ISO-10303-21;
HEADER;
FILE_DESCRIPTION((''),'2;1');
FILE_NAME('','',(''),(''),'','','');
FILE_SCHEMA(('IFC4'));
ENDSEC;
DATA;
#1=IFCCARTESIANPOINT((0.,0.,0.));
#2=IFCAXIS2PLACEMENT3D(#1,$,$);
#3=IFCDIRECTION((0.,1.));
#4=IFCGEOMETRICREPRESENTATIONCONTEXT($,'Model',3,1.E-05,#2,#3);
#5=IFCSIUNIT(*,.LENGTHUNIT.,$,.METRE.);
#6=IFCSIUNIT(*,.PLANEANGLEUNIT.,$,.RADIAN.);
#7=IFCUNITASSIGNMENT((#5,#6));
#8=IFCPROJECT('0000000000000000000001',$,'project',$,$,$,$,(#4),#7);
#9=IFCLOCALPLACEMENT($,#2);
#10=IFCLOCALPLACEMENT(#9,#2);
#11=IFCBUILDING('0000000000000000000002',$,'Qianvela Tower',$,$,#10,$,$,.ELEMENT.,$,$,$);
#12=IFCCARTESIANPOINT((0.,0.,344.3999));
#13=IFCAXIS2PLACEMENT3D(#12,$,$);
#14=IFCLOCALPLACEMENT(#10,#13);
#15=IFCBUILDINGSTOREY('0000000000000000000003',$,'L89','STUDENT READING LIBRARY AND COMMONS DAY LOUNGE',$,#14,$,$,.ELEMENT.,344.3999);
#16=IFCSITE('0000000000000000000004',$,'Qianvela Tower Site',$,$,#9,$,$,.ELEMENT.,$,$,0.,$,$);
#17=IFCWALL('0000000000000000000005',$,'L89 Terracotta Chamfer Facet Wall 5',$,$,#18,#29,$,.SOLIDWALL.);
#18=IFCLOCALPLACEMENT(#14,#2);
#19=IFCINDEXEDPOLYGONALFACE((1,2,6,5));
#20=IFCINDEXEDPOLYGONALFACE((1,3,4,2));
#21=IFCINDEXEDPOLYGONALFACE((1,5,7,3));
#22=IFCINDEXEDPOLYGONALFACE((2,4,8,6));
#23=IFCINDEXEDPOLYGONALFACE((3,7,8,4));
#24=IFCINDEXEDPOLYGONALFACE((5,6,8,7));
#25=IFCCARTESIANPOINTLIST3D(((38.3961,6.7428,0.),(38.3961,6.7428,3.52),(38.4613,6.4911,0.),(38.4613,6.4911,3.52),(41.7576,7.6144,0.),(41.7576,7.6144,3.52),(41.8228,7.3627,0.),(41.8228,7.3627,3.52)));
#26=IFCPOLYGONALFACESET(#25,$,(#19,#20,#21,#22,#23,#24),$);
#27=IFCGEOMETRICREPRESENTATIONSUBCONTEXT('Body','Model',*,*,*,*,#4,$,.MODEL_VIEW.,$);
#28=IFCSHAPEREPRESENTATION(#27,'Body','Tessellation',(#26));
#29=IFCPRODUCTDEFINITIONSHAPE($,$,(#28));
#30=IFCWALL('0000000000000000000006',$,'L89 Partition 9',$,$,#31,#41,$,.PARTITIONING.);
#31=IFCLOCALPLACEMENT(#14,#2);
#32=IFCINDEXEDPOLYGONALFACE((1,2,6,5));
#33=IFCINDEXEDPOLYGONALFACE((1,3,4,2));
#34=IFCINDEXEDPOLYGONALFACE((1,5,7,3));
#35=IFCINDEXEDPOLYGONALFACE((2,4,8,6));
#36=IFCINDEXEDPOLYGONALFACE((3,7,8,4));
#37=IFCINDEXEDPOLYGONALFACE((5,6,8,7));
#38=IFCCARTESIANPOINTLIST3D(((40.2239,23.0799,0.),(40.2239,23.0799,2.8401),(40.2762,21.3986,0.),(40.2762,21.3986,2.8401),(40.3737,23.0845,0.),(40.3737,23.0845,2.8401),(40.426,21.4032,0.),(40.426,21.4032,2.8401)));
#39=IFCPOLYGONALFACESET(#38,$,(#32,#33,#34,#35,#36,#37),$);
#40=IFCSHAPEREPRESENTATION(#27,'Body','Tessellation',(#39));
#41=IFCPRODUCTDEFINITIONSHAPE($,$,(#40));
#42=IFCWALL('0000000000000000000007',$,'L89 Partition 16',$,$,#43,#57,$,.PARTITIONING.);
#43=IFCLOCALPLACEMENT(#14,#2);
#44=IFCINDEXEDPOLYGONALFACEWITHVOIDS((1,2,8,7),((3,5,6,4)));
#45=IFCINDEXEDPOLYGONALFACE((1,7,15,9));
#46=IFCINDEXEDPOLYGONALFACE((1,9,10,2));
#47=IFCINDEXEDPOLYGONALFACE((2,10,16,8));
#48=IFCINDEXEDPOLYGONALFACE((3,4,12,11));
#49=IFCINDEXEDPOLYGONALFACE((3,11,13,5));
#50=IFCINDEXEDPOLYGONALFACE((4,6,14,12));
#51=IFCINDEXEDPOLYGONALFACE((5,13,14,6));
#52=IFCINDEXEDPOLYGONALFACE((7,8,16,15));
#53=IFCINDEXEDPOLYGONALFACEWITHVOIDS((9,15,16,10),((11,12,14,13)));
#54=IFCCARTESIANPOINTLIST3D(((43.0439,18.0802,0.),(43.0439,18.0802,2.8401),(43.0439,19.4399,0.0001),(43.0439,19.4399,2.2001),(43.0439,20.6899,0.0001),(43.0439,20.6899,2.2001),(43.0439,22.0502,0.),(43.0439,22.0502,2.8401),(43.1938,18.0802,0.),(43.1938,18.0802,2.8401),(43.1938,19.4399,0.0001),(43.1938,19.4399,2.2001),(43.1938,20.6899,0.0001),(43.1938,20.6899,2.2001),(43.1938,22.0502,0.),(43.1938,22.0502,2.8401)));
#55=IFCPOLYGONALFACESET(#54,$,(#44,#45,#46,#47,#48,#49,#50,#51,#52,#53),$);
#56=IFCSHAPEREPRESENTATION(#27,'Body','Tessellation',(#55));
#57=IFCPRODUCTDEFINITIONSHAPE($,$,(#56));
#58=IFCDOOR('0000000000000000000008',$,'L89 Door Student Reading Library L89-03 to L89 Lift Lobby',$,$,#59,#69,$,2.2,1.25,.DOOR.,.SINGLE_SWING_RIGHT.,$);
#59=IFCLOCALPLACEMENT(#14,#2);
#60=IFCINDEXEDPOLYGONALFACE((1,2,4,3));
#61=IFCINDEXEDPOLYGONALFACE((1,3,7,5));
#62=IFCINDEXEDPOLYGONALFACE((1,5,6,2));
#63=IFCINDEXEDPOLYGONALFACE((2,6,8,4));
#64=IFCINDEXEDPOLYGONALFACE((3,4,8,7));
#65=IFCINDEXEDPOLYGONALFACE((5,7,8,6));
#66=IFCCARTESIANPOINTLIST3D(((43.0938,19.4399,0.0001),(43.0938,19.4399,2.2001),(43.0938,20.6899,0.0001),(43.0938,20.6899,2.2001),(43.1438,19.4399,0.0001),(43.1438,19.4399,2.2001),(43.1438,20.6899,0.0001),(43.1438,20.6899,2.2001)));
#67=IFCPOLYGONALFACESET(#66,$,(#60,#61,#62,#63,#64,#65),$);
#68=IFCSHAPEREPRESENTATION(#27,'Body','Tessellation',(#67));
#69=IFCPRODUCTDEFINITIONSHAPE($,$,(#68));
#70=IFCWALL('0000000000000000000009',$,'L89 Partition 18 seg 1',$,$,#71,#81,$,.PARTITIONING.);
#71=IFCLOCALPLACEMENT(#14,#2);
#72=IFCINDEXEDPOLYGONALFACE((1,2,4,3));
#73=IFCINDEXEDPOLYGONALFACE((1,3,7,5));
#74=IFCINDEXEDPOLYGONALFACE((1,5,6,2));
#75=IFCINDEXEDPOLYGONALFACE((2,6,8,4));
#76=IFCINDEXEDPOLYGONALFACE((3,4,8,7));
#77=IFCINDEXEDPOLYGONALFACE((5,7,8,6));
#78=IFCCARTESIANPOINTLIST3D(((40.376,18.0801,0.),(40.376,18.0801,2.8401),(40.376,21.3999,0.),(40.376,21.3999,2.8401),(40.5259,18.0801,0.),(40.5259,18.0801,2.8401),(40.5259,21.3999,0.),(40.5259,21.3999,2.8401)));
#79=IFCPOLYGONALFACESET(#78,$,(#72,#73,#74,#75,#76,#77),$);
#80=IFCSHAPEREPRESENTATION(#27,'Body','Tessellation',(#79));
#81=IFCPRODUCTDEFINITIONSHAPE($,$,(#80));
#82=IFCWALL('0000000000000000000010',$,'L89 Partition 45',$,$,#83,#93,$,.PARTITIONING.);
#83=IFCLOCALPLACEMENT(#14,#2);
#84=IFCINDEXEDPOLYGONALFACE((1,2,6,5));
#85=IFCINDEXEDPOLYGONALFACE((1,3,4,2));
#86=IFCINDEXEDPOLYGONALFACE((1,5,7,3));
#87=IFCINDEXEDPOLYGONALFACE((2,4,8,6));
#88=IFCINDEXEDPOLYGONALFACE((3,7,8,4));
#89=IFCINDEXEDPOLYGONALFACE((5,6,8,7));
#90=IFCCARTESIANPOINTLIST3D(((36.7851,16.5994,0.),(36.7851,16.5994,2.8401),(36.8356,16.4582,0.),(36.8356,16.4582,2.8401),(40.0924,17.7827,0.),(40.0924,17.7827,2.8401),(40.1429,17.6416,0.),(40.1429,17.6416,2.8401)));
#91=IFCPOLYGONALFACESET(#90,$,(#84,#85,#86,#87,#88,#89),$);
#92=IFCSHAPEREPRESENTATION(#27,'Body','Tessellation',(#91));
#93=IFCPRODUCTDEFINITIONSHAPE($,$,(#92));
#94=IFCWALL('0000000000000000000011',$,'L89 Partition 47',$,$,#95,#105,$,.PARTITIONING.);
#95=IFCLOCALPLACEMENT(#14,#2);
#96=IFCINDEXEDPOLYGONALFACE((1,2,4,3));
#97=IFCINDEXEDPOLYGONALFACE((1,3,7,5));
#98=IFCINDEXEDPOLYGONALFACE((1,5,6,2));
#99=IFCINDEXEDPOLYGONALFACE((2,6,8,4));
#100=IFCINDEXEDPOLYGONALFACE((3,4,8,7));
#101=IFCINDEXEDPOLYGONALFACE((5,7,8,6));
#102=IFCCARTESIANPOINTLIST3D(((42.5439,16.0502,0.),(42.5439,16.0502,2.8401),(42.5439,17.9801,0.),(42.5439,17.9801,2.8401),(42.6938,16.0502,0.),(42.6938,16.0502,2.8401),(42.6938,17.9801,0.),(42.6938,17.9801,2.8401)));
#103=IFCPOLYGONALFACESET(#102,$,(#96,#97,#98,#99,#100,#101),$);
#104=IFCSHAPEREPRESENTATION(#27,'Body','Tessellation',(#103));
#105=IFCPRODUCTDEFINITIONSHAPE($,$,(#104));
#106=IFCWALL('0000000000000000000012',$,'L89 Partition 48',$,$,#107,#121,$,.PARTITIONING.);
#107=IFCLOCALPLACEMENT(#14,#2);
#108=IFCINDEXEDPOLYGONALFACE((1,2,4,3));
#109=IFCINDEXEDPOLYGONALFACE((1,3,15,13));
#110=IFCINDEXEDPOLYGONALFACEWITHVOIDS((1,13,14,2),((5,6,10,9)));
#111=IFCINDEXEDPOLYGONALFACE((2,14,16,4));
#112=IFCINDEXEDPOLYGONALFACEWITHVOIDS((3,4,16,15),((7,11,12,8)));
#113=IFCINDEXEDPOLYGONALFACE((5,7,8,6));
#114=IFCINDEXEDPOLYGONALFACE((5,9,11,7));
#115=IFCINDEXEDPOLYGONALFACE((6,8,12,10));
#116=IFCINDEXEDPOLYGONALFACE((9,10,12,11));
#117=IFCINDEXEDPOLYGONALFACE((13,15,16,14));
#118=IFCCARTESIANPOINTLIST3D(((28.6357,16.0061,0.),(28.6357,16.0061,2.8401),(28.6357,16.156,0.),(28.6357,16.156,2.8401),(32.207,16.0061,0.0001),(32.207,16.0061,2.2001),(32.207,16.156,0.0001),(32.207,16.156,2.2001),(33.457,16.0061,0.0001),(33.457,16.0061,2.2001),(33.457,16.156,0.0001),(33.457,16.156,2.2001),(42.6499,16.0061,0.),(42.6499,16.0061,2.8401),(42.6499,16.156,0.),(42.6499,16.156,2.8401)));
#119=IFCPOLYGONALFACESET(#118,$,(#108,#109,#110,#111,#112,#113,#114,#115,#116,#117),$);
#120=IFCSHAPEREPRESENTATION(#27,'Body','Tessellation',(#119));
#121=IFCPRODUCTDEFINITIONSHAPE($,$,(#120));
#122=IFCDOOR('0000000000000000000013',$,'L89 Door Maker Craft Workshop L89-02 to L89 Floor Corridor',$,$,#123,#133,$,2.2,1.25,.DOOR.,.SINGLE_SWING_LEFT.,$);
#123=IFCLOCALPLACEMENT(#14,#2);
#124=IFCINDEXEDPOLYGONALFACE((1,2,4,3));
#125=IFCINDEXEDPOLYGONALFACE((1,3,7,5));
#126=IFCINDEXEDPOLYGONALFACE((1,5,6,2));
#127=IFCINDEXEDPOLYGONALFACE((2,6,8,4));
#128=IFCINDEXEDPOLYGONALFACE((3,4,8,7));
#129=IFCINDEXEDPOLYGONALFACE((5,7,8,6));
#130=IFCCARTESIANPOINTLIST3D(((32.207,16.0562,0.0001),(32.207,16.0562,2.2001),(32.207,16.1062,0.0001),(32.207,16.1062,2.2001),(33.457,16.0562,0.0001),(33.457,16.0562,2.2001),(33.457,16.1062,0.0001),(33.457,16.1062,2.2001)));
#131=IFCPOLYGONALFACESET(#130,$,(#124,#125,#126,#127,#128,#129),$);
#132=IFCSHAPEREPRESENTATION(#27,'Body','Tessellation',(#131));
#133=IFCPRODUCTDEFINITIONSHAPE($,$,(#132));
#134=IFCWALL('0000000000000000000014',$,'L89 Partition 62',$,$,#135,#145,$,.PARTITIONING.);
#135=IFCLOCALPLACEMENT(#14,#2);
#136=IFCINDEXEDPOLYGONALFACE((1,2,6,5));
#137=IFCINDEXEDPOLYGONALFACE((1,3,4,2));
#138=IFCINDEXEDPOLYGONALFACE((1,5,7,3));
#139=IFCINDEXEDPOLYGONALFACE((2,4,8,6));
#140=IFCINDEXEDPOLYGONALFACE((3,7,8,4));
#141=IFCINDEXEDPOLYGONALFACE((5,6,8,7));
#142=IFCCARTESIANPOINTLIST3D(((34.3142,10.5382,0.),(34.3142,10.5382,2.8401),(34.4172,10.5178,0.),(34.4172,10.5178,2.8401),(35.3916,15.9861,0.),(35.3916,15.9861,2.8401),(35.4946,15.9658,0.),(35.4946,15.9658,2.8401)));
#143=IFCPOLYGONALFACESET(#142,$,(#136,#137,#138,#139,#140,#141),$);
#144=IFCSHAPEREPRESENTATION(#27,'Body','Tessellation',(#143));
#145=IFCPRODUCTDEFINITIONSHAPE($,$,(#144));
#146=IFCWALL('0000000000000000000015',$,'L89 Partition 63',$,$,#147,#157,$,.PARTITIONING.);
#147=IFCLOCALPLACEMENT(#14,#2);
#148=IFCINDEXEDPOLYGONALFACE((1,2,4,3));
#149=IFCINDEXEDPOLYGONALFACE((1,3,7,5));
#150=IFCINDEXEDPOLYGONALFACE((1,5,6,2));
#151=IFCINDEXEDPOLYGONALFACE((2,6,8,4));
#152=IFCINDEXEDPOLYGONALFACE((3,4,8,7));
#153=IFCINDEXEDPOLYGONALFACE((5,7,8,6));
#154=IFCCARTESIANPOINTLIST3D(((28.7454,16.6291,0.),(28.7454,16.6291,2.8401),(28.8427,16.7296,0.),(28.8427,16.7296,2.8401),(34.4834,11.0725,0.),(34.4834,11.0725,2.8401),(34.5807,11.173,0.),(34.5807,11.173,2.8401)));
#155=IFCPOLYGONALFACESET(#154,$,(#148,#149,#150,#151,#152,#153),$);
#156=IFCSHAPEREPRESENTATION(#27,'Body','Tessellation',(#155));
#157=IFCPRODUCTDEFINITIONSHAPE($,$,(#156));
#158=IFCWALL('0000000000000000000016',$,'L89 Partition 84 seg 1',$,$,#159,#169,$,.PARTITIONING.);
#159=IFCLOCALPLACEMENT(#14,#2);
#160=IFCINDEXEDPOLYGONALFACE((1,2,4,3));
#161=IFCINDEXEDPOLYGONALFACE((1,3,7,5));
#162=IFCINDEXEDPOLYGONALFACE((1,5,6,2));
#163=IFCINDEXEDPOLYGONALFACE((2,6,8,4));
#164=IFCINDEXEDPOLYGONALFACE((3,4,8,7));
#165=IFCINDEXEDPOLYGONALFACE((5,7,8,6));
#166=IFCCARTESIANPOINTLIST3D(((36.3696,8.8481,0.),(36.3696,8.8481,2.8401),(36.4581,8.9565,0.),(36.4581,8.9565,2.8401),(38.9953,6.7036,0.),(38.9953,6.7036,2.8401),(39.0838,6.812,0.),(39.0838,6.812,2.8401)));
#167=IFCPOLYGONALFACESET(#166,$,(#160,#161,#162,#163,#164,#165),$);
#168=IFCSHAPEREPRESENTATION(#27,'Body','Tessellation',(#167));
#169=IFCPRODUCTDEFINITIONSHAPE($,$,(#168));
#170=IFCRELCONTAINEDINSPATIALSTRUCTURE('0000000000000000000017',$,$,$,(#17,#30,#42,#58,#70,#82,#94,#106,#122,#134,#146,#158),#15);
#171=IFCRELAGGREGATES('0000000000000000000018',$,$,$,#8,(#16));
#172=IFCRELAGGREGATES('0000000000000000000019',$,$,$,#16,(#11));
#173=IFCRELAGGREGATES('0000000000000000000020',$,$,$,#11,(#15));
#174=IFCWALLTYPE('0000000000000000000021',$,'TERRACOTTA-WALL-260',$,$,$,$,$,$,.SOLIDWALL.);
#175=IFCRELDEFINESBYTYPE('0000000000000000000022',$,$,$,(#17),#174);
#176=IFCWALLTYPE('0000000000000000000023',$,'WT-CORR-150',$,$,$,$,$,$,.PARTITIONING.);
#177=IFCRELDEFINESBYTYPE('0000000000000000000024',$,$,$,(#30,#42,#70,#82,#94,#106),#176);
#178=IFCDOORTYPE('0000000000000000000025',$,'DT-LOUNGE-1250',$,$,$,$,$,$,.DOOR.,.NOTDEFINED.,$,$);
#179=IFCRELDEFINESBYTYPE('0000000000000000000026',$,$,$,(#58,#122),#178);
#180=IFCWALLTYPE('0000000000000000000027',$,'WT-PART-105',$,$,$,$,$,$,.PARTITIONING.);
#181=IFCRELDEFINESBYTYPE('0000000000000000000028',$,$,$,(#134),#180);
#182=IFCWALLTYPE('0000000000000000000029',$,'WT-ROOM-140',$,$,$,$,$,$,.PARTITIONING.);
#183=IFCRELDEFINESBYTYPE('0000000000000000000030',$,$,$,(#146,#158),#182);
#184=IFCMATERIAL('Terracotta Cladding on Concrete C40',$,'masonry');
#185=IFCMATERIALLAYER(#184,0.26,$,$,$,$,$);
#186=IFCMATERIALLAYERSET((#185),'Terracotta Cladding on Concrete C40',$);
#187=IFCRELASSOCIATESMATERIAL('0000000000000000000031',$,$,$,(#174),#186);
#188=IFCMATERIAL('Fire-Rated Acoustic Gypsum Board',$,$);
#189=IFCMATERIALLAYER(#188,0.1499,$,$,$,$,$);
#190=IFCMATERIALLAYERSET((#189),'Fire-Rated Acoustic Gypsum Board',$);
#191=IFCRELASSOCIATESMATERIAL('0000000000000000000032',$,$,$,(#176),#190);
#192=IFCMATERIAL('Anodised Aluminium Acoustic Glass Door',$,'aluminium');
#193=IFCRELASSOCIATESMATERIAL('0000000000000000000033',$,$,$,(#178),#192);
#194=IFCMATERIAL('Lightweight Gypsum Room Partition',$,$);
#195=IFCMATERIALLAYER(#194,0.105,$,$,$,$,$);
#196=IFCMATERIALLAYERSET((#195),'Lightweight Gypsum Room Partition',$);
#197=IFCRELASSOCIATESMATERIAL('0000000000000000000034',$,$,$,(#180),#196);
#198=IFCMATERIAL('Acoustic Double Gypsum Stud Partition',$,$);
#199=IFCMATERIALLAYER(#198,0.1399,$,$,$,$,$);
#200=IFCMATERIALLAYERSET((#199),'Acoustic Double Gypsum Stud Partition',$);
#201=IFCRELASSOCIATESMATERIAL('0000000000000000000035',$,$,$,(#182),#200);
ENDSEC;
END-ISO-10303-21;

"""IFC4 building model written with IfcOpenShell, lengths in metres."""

from ifc_helpers import new_model, si_unit, direction, frame, frame_2d, origin, place, context, subcontext, project, spatial, rectangle, extrude, material, layer, layer_set, type_object, element, fill, save


model = new_model("IFC4")

# Units and contexts
model_context = context("Model", 3, precision=1e-05, world=origin(), true_north=direction((0.0, 1.0)))
body_context = subcontext(model_context, "Body", "Model", "MODEL_VIEW")
ifc_project = project(units=[si_unit("LENGTHUNIT", "METRE"), si_unit("PLANEANGLEUNIT", "RADIAN")], contexts=[model_context])

# Site, building, storey
site_placement = place(None, origin())
site = spatial("IfcSite", under=ifc_project, at=site_placement, Name="Qianvela Tower Site", CompositionType="ELEMENT", RefElevation=0.0)
building_placement = place(site_placement, origin())
building = spatial("IfcBuilding", under=site, at=building_placement, Name="Qianvela Tower", CompositionType="ELEMENT")
storey_placement = place(building_placement, frame((0.0, 0.0, 344.3999)))
storey = spatial("IfcBuildingStorey", under=building, at=storey_placement, Name="L89", Description="STUDENT READING LIBRARY AND COMMONS DAY LOUNGE", CompositionType="ELEMENT", Elevation=344.3999)

# Walls
ifc_material_1 = material(Name="Terracotta Cladding on Concrete C40", Category="masonry")
ifc_layer_1 = layer(ifc_material_1, 0.26)
ifc_layer_set_1 = layer_set([ifc_layer_1], Name="Terracotta Cladding on Concrete C40")
wall_type_1 = type_object("IfcWallType", Name="TERRACOTTA-WALL-260", PredefinedType="SOLIDWALL", material=ifc_layer_set_1)
wall_1_placement = place(storey_placement, frame((38.4287, 6.6169, 0.0), z_axis=(0.0, 0.0, 1.0), x_axis=(0.967992, 0.250979, 0.0)))
element("IfcWall", 1, at=wall_1_placement, inside=storey, type_object=wall_type_1, Name="L89 Terracotta Chamfer Facet Wall 5", PredefinedType="SOLIDWALL", context=body_context, shape_type="SweptSolid", body=[
    extrude(rectangle(XDim=3.4727, YDim=0.26, at=frame_2d((1.7363, 0.0))), origin(), (0.0, 0.0, 1.0), 3.52),
])
ifc_material_2 = material(Name="Fire-Rated Acoustic Gypsum Board")
ifc_layer_2 = layer(ifc_material_2, 0.1499)
ifc_layer_set_2 = layer_set([ifc_layer_2], Name="Fire-Rated Acoustic Gypsum Board")
wall_type_2 = type_object("IfcWallType", Name="WT-CORR-150", PredefinedType="PARTITIONING", material=ifc_layer_set_2)
wall_2_placement = place(storey_placement, frame((40.3511, 21.4009, 0.0), z_axis=(0.0, 0.0, 1.0), x_axis=(-0.031058, 0.999518, 0.0)))
element("IfcWall", 2, at=wall_2_placement, inside=storey, type_object=wall_type_2, Name="L89 Partition 9", PredefinedType="PARTITIONING", context=body_context, shape_type="SweptSolid", body=[
    extrude(rectangle(XDim=1.6821, YDim=0.1499, at=frame_2d((0.8411, 0.0))), origin(), (0.0, 0.0, 1.0), 2.8401),
])

# Wall, opening, door
wall_3_placement = place(storey_placement, frame((43.1189, 22.05, 0.0), z_axis=(0.0, 0.0, 1.0), x_axis=(0.0, -1.0, 0.0)))
wall_3 = element("IfcWall", 3, at=wall_3_placement, inside=storey, type_object=wall_type_2, Name="L89 Partition 16", PredefinedType="PARTITIONING", context=body_context, shape_type="SweptSolid", body=[
    extrude(rectangle(XDim=3.97, YDim=0.1499, at=frame_2d((1.9849, 0.0))), origin(), (0.0, 0.0, 1.0), 2.8401),
])
opening_1_placement = place(wall_3_placement, frame((1.3601, 0.0, 0.0)))
opening_1 = element("IfcOpeningElement", 4, at=opening_1_placement, cuts=wall_3, PredefinedType="OPENING", context=body_context, shape_type="SweptSolid", body=[
    extrude(rectangle(XDim=1.25, YDim=2.2, at=frame_2d((0.625, 1.1001))), frame((0.0, 0.085, 0.0), z_axis=(0.0, -1.0, 0.0), x_axis=(1.0, 0.0, 0.0)), (0.0, 0.0, 1.0), 0.1699),
])
ifc_material_3 = material(Name="Anodised Aluminium Acoustic Glass Door", Category="aluminium")
door_type_1 = type_object("IfcDoorType", Name="DT-LOUNGE-1250", OperationType="NOTDEFINED", PredefinedType="DOOR", material=ifc_material_3)
door_1_placement = place(opening_1_placement, origin())
door_1 = element("IfcDoor", 5, at=door_1_placement, inside=storey, type_object=door_type_1, Name="L89 Door Student Reading Library L89-03 to L89 Lift Lobby", OperationType="SINGLE_SWING_RIGHT", OverallHeight=2.2, OverallWidth=1.25, PredefinedType="DOOR", context=body_context, shape_type="SweptSolid", body=[
    extrude(rectangle(XDim=1.25, YDim=2.2, at=frame_2d((0.625, 1.1001))), frame((0.0, 0.0249, 0.0), z_axis=(0.0, -1.0, 0.0), x_axis=(1.0, 0.0, 0.0)), (0.0, 0.0, 1.0), 0.05),
])
fill(opening_1, door_1)

# Walls
wall_4_placement = place(storey_placement, frame((40.4509, 18.0801, 0.0), z_axis=(0.0, 0.0, 1.0), x_axis=(0.0, 1.0, 0.0)))
element("IfcWall", 6, at=wall_4_placement, inside=storey, type_object=wall_type_2, Name="L89 Partition 18 seg 1", PredefinedType="PARTITIONING", context=body_context, shape_type="SweptSolid", body=[
    extrude(rectangle(XDim=3.3198, YDim=0.1499, at=frame_2d((1.6599, 0.0))), origin(), (0.0, 0.0, 1.0), 2.8401),
])
wall_5_placement = place(storey_placement, frame((36.8103, 16.5288, 0.0), z_axis=(0.0, 0.0, 1.0), x_axis=(0.941548, 0.336878, 0.0)))
element("IfcWall", 7, at=wall_5_placement, inside=storey, type_object=wall_type_2, Name="L89 Partition 45", PredefinedType="PARTITIONING", context=body_context, shape_type="SweptSolid", body=[
    extrude(rectangle(XDim=3.5127, YDim=0.1499, at=frame_2d((1.7563, 0.0))), origin(), (0.0, 0.0, 1.0), 2.8401),
])
wall_6_placement = place(storey_placement, frame((42.6189, 17.98, 0.0), z_axis=(0.0, 0.0, 1.0), x_axis=(0.0, -1.0, 0.0)))
element("IfcWall", 8, at=wall_6_placement, inside=storey, type_object=wall_type_2, Name="L89 Partition 47", PredefinedType="PARTITIONING", context=body_context, shape_type="SweptSolid", body=[
    extrude(rectangle(XDim=1.9299, YDim=0.1499, at=frame_2d((0.9648, 0.0))), origin(), (0.0, 0.0, 1.0), 2.8401),
])

# Wall, opening, door
wall_7_placement = place(storey_placement, frame((42.6499, 16.0811, 0.0), z_axis=(0.0, 0.0, 1.0), x_axis=(-1.0, 0.0, 0.0)))
wall_7 = element("IfcWall", 9, at=wall_7_placement, inside=storey, type_object=wall_type_2, Name="L89 Partition 48", PredefinedType="PARTITIONING", context=body_context, shape_type="SweptSolid", body=[
    extrude(rectangle(XDim=14.0142, YDim=0.1499, at=frame_2d((7.0071, 0.0))), origin(), (0.0, 0.0, 1.0), 2.8401),
])
opening_2_placement = place(wall_7_placement, frame((9.1929, 0.0, 0.0)))
opening_2 = element("IfcOpeningElement", 10, at=opening_2_placement, cuts=wall_7, PredefinedType="OPENING", context=body_context, shape_type="SweptSolid", body=[
    extrude(rectangle(XDim=1.25, YDim=2.2, at=frame_2d((0.625, 1.1001))), frame((0.0, 0.085, 0.0), z_axis=(0.0, -1.0, 0.0), x_axis=(1.0, 0.0, 0.0)), (0.0, 0.0, 1.0), 0.1699),
])
door_2_placement = place(opening_2_placement, origin())
door_2 = element("IfcDoor", 11, at=door_2_placement, inside=storey, type_object=door_type_1, Name="L89 Door Maker Craft Workshop L89-02 to L89 Floor Corridor", OperationType="SINGLE_SWING_LEFT", OverallHeight=2.2, OverallWidth=1.25, PredefinedType="DOOR", context=body_context, shape_type="SweptSolid", body=[
    extrude(rectangle(XDim=1.25, YDim=2.2, at=frame_2d((0.625, 1.1001))), frame((0.0, 0.0249, 0.0), z_axis=(0.0, -1.0, 0.0), x_axis=(1.0, 0.0, 0.0)), (0.0, 0.0, 1.0), 0.05),
])
fill(opening_2, door_2)

# Walls
ifc_material_4 = material(Name="Lightweight Gypsum Room Partition")
ifc_layer_3 = layer(ifc_material_4, 0.105)
ifc_layer_set_3 = layer_set([ifc_layer_3], Name="Lightweight Gypsum Room Partition")
wall_type_3 = type_object("IfcWallType", Name="WT-PART-105", PredefinedType="PARTITIONING", material=ifc_layer_set_3)
wall_8_placement = place(storey_placement, frame((35.4431, 15.9761, 0.0), z_axis=(0.0, 0.0, 1.0), x_axis=(-0.194002, -0.981001, 0.0)))
element("IfcWall", 12, at=wall_8_placement, inside=storey, type_object=wall_type_3, Name="L89 Partition 62", PredefinedType="PARTITIONING", context=body_context, shape_type="SweptSolid", body=[
    extrude(rectangle(XDim=5.5535, YDim=0.105, at=frame_2d((2.7769, 0.0))), origin(), (0.0, 0.0, 1.0), 2.8401),
])
ifc_material_5 = material(Name="Acoustic Double Gypsum Stud Partition")
ifc_layer_4 = layer(ifc_material_5, 0.1399)
ifc_layer_set_4 = layer_set([ifc_layer_4], Name="Acoustic Double Gypsum Stud Partition")
wall_type_4 = type_object("IfcWallType", Name="WT-ROOM-140", PredefinedType="PARTITIONING", material=ifc_layer_set_4)
wall_9_placement = place(storey_placement, frame((34.532, 11.1228, 0.0), z_axis=(0.0, 0.0, 1.0), x_axis=(-0.718371, 0.695661, 0.0)))
element("IfcWall", 13, at=wall_9_placement, inside=storey, type_object=wall_type_4, Name="L89 Partition 63", PredefinedType="PARTITIONING", context=body_context, shape_type="SweptSolid", body=[
    extrude(rectangle(XDim=7.9875, YDim=0.1399, at=frame_2d((3.9937, 0.0))), origin(), (0.0, 0.0, 1.0), 2.8401),
])
wall_10_placement = place(storey_placement, frame((39.0396, 6.7578, 0.0), z_axis=(0.0, 0.0, 1.0), x_axis=(-0.774506, 0.632567, 0.0)))
element("IfcWall", 14, at=wall_10_placement, inside=storey, type_object=wall_type_4, Name="L89 Partition 84 seg 1", PredefinedType="PARTITIONING", context=body_context, shape_type="SweptSolid", body=[
    extrude(rectangle(XDim=3.3901, YDim=0.1399, at=frame_2d((1.6951, 0.0))), origin(), (0.0, 0.0, 1.0), 2.8401),
])

save(model, "model.ifc")
